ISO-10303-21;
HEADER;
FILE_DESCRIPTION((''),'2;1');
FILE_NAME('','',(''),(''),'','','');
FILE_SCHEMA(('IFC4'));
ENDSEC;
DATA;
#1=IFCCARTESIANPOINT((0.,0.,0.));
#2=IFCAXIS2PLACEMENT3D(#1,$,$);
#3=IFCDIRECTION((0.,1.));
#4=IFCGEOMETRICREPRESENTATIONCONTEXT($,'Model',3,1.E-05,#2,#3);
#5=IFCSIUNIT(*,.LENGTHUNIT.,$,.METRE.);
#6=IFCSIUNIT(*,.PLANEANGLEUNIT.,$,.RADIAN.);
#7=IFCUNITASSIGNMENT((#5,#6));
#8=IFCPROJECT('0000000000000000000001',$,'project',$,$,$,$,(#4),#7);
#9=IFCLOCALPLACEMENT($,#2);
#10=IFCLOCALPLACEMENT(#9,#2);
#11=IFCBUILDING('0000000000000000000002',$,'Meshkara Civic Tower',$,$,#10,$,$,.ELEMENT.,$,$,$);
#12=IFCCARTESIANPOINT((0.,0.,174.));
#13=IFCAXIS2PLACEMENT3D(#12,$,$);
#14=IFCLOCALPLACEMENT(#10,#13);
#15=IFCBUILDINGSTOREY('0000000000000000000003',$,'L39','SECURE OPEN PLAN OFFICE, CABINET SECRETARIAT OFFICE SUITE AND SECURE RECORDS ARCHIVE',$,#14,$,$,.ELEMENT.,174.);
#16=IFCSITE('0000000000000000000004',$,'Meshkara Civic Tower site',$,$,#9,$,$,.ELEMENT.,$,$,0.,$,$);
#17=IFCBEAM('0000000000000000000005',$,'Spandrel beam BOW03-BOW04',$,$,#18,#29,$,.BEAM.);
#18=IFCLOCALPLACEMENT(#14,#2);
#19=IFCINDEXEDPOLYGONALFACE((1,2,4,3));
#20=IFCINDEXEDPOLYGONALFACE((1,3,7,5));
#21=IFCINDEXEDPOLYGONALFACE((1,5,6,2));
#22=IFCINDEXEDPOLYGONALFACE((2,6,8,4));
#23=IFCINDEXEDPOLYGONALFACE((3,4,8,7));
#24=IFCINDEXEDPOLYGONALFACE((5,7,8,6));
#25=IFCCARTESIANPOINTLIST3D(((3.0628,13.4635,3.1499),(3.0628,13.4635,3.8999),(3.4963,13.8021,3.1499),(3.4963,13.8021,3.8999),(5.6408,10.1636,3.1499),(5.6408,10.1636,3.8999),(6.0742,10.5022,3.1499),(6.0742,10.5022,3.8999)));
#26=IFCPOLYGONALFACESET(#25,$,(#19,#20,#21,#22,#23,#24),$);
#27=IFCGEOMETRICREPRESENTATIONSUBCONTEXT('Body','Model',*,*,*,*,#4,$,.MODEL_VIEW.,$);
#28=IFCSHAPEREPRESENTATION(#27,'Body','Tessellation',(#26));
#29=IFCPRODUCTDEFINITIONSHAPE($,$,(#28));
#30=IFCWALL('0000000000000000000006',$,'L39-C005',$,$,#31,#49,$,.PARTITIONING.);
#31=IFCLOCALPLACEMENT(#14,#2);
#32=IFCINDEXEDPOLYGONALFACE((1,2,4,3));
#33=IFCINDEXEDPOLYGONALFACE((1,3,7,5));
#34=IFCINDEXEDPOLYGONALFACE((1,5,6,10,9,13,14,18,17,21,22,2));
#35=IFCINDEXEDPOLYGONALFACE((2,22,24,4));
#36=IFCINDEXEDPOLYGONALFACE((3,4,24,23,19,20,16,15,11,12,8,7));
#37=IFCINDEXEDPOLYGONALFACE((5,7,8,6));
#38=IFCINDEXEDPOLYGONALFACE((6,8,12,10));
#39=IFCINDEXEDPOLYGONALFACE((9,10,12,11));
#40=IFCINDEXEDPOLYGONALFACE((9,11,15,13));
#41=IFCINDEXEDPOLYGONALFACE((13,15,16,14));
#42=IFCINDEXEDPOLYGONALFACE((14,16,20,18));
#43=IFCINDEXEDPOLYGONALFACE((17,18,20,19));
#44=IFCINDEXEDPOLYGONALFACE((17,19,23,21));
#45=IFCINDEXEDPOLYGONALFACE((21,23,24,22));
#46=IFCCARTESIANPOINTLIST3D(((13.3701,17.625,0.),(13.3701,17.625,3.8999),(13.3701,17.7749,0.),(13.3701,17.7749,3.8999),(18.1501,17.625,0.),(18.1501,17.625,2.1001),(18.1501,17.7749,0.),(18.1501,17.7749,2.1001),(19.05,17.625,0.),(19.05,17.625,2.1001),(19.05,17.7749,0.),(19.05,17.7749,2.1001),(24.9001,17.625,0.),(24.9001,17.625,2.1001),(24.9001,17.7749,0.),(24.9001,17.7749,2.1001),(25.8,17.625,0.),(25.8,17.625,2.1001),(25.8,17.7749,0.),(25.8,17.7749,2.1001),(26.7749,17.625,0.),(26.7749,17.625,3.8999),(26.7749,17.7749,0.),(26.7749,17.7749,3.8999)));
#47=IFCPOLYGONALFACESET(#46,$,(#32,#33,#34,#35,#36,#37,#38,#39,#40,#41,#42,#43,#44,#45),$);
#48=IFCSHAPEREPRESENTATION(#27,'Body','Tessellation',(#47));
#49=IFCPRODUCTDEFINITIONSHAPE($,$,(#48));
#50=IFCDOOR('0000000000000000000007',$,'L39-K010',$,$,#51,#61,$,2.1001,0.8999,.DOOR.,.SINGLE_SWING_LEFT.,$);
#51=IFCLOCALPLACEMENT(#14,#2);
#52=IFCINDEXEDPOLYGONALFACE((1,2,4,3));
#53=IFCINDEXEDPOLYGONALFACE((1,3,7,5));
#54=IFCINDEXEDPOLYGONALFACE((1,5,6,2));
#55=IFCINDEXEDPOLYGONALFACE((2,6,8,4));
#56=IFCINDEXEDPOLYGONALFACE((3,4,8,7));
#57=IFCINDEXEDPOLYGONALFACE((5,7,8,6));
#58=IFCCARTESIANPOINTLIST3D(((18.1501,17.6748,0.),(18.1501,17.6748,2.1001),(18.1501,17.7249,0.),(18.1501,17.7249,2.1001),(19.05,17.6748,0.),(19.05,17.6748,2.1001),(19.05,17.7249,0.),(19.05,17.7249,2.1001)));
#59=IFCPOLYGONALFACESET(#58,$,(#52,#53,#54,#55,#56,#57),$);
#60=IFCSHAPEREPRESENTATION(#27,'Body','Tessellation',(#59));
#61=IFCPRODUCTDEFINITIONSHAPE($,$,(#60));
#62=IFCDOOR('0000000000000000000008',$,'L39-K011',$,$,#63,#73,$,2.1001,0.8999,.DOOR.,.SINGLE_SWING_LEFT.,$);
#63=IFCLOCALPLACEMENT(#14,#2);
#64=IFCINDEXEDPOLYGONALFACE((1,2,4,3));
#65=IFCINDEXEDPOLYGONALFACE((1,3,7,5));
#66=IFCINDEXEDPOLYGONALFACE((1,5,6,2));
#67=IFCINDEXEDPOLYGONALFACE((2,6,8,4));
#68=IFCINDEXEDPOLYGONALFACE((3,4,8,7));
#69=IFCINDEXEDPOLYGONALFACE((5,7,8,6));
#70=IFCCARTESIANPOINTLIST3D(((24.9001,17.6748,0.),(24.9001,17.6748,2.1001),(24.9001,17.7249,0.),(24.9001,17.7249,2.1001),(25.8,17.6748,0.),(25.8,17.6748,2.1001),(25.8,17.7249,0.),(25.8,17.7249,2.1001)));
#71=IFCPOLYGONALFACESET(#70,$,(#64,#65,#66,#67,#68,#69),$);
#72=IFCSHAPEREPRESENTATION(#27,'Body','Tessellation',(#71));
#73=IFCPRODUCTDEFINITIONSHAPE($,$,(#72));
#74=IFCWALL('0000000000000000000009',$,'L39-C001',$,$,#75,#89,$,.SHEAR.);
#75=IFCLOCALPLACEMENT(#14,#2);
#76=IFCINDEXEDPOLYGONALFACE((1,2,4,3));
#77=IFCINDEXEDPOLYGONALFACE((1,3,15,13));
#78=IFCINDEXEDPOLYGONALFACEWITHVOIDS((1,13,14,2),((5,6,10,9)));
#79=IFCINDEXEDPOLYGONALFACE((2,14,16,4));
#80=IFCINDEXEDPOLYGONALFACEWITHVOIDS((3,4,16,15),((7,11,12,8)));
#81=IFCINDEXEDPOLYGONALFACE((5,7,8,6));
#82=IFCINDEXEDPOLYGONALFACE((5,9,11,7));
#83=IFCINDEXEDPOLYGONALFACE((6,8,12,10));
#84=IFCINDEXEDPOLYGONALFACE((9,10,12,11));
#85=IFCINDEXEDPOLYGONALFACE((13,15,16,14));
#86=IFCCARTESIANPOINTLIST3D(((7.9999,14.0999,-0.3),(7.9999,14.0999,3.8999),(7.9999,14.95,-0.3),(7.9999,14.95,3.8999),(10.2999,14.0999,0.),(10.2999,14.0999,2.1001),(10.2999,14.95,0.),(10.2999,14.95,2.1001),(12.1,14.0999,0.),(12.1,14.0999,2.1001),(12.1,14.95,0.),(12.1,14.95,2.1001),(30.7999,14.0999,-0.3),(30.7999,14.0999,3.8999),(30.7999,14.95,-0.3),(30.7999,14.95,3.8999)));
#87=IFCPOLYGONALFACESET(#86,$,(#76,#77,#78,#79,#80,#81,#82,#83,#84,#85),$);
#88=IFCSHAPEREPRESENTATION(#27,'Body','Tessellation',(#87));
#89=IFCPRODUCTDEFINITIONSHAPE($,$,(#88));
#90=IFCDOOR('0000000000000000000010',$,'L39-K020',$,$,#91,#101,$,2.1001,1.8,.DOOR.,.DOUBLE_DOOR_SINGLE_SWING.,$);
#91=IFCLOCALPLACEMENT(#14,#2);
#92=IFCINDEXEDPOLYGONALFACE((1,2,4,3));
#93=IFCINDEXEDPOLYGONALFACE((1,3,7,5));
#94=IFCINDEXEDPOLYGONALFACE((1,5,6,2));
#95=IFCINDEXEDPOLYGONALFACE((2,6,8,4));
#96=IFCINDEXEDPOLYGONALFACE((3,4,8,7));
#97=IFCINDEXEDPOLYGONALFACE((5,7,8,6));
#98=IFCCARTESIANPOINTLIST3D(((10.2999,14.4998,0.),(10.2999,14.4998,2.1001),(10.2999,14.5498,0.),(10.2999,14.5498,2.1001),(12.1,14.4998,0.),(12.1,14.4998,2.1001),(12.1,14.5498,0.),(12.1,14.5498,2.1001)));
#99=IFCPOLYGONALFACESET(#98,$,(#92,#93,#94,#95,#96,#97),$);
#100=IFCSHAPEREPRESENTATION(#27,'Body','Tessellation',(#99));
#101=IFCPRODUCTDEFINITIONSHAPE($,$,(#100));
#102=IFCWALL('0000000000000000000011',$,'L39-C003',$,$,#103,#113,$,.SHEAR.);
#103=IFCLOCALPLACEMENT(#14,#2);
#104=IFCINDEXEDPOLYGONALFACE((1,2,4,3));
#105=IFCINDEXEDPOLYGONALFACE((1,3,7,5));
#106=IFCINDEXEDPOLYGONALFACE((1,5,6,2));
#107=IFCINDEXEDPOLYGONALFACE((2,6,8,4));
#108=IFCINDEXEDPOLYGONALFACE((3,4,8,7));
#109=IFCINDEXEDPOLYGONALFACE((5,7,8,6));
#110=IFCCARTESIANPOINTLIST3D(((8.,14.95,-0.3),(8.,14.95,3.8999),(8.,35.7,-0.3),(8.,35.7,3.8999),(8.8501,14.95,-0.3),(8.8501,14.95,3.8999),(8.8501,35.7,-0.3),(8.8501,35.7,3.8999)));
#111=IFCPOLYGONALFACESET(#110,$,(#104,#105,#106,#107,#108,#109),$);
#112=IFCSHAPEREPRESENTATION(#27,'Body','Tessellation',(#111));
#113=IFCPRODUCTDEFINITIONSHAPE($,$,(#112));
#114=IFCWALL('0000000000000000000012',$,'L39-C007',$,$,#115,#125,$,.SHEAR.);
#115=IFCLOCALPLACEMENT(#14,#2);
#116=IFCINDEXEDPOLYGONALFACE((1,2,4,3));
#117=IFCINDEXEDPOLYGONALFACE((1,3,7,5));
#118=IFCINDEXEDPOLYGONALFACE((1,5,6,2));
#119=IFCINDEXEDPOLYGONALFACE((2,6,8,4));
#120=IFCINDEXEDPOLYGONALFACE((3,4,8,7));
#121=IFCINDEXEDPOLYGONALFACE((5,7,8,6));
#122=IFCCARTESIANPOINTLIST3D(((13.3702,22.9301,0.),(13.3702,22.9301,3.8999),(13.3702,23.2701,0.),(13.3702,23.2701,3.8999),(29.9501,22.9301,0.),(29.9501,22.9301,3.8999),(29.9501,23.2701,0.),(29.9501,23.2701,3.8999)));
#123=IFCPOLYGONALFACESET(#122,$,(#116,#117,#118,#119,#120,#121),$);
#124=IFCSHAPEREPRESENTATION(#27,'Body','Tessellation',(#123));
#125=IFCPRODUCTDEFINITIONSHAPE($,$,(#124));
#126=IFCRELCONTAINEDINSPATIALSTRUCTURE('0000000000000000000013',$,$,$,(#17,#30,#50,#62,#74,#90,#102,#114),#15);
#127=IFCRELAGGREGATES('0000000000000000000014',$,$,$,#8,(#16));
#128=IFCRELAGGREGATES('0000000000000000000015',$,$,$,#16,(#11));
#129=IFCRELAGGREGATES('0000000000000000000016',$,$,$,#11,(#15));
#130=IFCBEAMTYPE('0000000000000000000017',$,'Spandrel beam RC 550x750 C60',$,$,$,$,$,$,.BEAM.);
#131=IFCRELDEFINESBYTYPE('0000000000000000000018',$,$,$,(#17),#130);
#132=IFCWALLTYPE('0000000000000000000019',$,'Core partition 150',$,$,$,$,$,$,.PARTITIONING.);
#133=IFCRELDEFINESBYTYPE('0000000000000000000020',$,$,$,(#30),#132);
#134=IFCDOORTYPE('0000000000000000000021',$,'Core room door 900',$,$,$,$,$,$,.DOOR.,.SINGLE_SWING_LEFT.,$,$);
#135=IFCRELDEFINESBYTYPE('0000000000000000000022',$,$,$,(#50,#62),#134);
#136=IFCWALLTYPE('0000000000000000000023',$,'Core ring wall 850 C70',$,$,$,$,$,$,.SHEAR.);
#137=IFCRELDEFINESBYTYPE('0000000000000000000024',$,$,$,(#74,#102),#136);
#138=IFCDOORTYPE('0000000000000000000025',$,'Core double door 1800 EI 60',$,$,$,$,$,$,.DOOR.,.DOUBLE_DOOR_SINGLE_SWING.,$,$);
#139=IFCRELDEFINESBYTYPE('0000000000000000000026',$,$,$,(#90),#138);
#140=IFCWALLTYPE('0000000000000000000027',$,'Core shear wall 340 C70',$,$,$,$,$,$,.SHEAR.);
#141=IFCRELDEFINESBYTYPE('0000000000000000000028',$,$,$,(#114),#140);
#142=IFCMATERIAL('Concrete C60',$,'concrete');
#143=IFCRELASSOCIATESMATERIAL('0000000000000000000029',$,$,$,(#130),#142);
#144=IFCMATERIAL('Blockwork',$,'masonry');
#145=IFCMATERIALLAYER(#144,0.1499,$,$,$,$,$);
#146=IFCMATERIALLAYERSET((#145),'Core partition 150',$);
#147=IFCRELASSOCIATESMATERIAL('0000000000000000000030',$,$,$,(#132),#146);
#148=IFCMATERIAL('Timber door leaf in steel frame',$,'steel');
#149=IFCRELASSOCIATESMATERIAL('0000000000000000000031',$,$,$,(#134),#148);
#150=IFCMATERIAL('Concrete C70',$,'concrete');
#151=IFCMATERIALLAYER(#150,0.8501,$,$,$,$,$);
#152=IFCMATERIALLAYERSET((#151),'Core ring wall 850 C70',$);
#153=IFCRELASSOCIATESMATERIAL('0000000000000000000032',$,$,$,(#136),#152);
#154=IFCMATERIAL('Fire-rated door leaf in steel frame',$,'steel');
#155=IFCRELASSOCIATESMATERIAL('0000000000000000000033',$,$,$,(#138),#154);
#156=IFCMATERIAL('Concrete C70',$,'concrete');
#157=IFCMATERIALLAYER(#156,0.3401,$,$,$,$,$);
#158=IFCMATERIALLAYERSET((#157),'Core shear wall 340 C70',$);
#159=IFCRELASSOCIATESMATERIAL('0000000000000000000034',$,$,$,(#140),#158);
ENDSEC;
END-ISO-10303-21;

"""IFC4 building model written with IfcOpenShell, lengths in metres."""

from ifc_helpers import new_model, si_unit, direction, frame, frame_2d, origin, origin_2d, place, context, subcontext, project, spatial, rectangle, extrude, material, layer, layer_set, material_profile, profile_set, type_object, element, fill, save


model = new_model("IFC4")

# Units and contexts
model_context = context("Model", 3, precision=1e-05, world=origin(), true_north=direction((0.0, 1.0)))
body_context = subcontext(model_context, "Body", "Model", "MODEL_VIEW")
ifc_project = project(units=[si_unit("LENGTHUNIT", "METRE"), si_unit("PLANEANGLEUNIT", "RADIAN")], contexts=[model_context])

# Site, building, storey
site_placement = place(None, origin())
site = spatial("IfcSite", under=ifc_project, at=site_placement, Name="Meshkara Civic Tower site", CompositionType="ELEMENT", RefElevation=0.0)
building_placement = place(site_placement, origin())
building = spatial("IfcBuilding", under=site, at=building_placement, Name="Meshkara Civic Tower", CompositionType="ELEMENT")
storey_placement = place(building_placement, frame((0.0, 0.0, 174.0)))
storey = spatial("IfcBuildingStorey", under=building, at=storey_placement, Name="L39", Description="SECURE OPEN PLAN OFFICE, CABINET SECRETARIAT OFFICE SUITE AND SECURE RECORDS ARCHIVE", CompositionType="ELEMENT", Elevation=174.0)

# Beam
ifc_material_1 = material(Name="Concrete C60", Category="concrete")
ifc_material_profile = material_profile(ifc_material_1, rectangle(XDim=0.55, YDim=0.75, at=origin_2d()))
ifc_profile_set = profile_set([ifc_material_profile], Name="Concrete C60")
beam_type = type_object("IfcBeamType", Name="Spandrel beam RC 550x750 C60", PredefinedType="BEAM", material=ifc_profile_set)
beam_placement = place(storey_placement, frame((3.2795, 13.6328, 3.5249), z_axis=(0.61563, -0.788035, 0.0), x_axis=(0.788035, 0.61563, 0.0)))
element("IfcBeam", 1, at=beam_placement, inside=storey, type_object=beam_type, Name="Spandrel beam BOW03-BOW04", PredefinedType="BEAM", context=body_context, shape_type="SweptSolid", body=[
    extrude(rectangle(XDim=0.55, YDim=0.75, at=origin_2d()), origin(), (0.0, 0.0, 1.0), 4.1875),
])

# Wall, openings, doors
ifc_material_2 = material(Name="Blockwork", Category="masonry")
ifc_layer_1 = layer(ifc_material_2, 0.1499)
ifc_layer_set_1 = layer_set([ifc_layer_1], Name="Core partition 150")
wall_type_1 = type_object("IfcWallType", Name="Core partition 150", PredefinedType="PARTITIONING", material=ifc_layer_set_1)
wall_1_placement = place(storey_placement, frame((13.3701, 17.7, 0.0), z_axis=(0.0, 0.0, 1.0), x_axis=(1.0, 0.0, 0.0)))
wall_1 = element("IfcWall", 2, at=wall_1_placement, inside=storey, type_object=wall_type_1, Name="L39-C005", PredefinedType="PARTITIONING", context=body_context, shape_type="SweptSolid", body=[
    extrude(rectangle(XDim=13.4048, YDim=0.1499, at=frame_2d((6.7024, 0.0))), origin(), (0.0, 0.0, 1.0), 3.8999),
])
opening_1_placement = place(wall_1_placement, frame((4.78, 0.0, 0.0)))
opening_1 = element("IfcOpeningElement", 3, at=opening_1_placement, cuts=wall_1, PredefinedType="OPENING", context=body_context, shape_type="SweptSolid", body=[
    extrude(rectangle(XDim=0.8999, YDim=2.1001, at=frame_2d((0.45, 1.05))), frame((0.0, 0.085, 0.0), z_axis=(0.0, -1.0, 0.0), x_axis=(1.0, 0.0, 0.0)), (0.0, 0.0, 1.0), 0.1699),
])
opening_2_placement = place(wall_1_placement, frame((11.53, 0.0, 0.0)))
opening_2 = element("IfcOpeningElement", 4, at=opening_2_placement, cuts=wall_1, PredefinedType="OPENING", context=body_context, shape_type="SweptSolid", body=[
    extrude(rectangle(XDim=0.8999, YDim=2.1001, at=frame_2d((0.45, 1.05))), frame((0.0, 0.085, 0.0), z_axis=(0.0, -1.0, 0.0), x_axis=(1.0, 0.0, 0.0)), (0.0, 0.0, 1.0), 0.1699),
])
ifc_material_3 = material(Name="Timber door leaf in steel frame", Category="steel")
door_type_1 = type_object("IfcDoorType", Name="Core room door 900", OperationType="SINGLE_SWING_LEFT", PredefinedType="DOOR", material=ifc_material_3)
door_1_placement = place(opening_1_placement, origin())
door_1 = element("IfcDoor", 5, at=door_1_placement, inside=storey, type_object=door_type_1, Name="L39-K010", OperationType="SINGLE_SWING_LEFT", OverallHeight=2.1001, OverallWidth=0.8999, PredefinedType="DOOR", context=body_context, shape_type="SweptSolid", body=[
    extrude(rectangle(XDim=0.8999, YDim=2.1001, at=frame_2d((0.45, 1.05))), frame((0.0, 0.0249, 0.0), z_axis=(0.0, -1.0, 0.0), x_axis=(1.0, 0.0, 0.0)), (0.0, 0.0, 1.0), 0.05),
])
fill(opening_1, door_1)
door_2_placement = place(opening_2_placement, origin())
door_2 = element("IfcDoor", 6, at=door_2_placement, inside=storey, type_object=door_type_1, Name="L39-K011", OperationType="SINGLE_SWING_LEFT", OverallHeight=2.1001, OverallWidth=0.8999, PredefinedType="DOOR", context=body_context, shape_type="SweptSolid", body=[
    extrude(rectangle(XDim=0.8999, YDim=2.1001, at=frame_2d((0.45, 1.05))), frame((0.0, 0.0249, 0.0), z_axis=(0.0, -1.0, 0.0), x_axis=(1.0, 0.0, 0.0)), (0.0, 0.0, 1.0), 0.05),
])
fill(opening_2, door_2)

# Wall, opening, door
ifc_material_4 = material(Name="Concrete C70", Category="concrete")
ifc_layer_2 = layer(ifc_material_4, 0.8501)
ifc_layer_set_2 = layer_set([ifc_layer_2], Name="Core ring wall 850 C70")
wall_type_2 = type_object("IfcWallType", Name="Core ring wall 850 C70", PredefinedType="SHEAR", material=ifc_layer_set_2)
wall_2_placement = place(storey_placement, frame((8.0, 14.5249, -0.3), z_axis=(0.0, 0.0, 1.0), x_axis=(1.0, 0.0, 0.0)))
wall_2 = element("IfcWall", 7, at=wall_2_placement, inside=storey, type_object=wall_type_2, Name="L39-C001", PredefinedType="SHEAR", context=body_context, shape_type="SweptSolid", body=[
    extrude(rectangle(XDim=22.8, YDim=0.8501, at=frame_2d((11.3999, 0.0))), origin(), (0.0, 0.0, 1.0), 4.2),
])
opening_3_placement = place(wall_2_placement, frame((2.3, 0.0, 0.3)))
opening_3 = element("IfcOpeningElement", 8, at=opening_3_placement, cuts=wall_2, PredefinedType="OPENING", context=body_context, shape_type="SweptSolid", body=[
    extrude(rectangle(XDim=1.8, YDim=2.1001, at=frame_2d((0.8999, 1.05))), frame((0.0, 0.4351, 0.0), z_axis=(0.0, -1.0, 0.0), x_axis=(1.0, 0.0, 0.0)), (0.0, 0.0, 1.0), 0.8701),
])
ifc_material_5 = material(Name="Fire-rated door leaf in steel frame", Category="steel")
door_type_2 = type_object("IfcDoorType", Name="Core double door 1800 EI 60", OperationType="DOUBLE_DOOR_SINGLE_SWING", PredefinedType="DOOR", material=ifc_material_5)
door_3_placement = place(opening_3_placement, origin())
door_3 = element("IfcDoor", 9, at=door_3_placement, inside=storey, type_object=door_type_2, Name="L39-K020", OperationType="DOUBLE_DOOR_SINGLE_SWING", OverallHeight=2.1001, OverallWidth=1.8, PredefinedType="DOOR", context=body_context, shape_type="SweptSolid", body=[
    extrude(rectangle(XDim=1.8, YDim=2.1001, at=frame_2d((0.8999, 1.05))), frame((0.0, 0.0249, 0.0), z_axis=(0.0, -1.0, 0.0), x_axis=(1.0, 0.0, 0.0)), (0.0, 0.0, 1.0), 0.05),
])
fill(opening_3, door_3)

# Walls
wall_3_placement = place(storey_placement, frame((8.425, 14.95, -0.3), z_axis=(0.0, 0.0, 1.0), x_axis=(0.0, 1.0, 0.0)))
element("IfcWall", 10, at=wall_3_placement, inside=storey, type_object=wall_type_2, Name="L39-C003", PredefinedType="SHEAR", context=body_context, shape_type="SweptSolid", body=[
    extrude(rectangle(XDim=20.75, YDim=0.8501, at=frame_2d((10.375, 0.0))), origin(), (0.0, 0.0, 1.0), 4.2),
])
ifc_material_6 = material(Name="Concrete C70", Category="concrete")
ifc_layer_3 = layer(ifc_material_6, 0.3401)
ifc_layer_set_3 = layer_set([ifc_layer_3], Name="Core shear wall 340 C70")
wall_type_3 = type_object("IfcWallType", Name="Core shear wall 340 C70", PredefinedType="SHEAR", material=ifc_layer_set_3)
wall_4_placement = place(storey_placement, frame((13.3701, 23.1001, 0.0), z_axis=(0.0, 0.0, 1.0), x_axis=(1.0, 0.0, 0.0)))
element("IfcWall", 11, at=wall_4_placement, inside=storey, type_object=wall_type_3, Name="L39-C007", PredefinedType="SHEAR", context=body_context, shape_type="SweptSolid", body=[
    extrude(rectangle(XDim=16.5798, YDim=0.3401, at=frame_2d((8.29, 0.0))), origin(), (0.0, 0.0, 1.0), 3.8999),
])

save(model, "model.ifc")
